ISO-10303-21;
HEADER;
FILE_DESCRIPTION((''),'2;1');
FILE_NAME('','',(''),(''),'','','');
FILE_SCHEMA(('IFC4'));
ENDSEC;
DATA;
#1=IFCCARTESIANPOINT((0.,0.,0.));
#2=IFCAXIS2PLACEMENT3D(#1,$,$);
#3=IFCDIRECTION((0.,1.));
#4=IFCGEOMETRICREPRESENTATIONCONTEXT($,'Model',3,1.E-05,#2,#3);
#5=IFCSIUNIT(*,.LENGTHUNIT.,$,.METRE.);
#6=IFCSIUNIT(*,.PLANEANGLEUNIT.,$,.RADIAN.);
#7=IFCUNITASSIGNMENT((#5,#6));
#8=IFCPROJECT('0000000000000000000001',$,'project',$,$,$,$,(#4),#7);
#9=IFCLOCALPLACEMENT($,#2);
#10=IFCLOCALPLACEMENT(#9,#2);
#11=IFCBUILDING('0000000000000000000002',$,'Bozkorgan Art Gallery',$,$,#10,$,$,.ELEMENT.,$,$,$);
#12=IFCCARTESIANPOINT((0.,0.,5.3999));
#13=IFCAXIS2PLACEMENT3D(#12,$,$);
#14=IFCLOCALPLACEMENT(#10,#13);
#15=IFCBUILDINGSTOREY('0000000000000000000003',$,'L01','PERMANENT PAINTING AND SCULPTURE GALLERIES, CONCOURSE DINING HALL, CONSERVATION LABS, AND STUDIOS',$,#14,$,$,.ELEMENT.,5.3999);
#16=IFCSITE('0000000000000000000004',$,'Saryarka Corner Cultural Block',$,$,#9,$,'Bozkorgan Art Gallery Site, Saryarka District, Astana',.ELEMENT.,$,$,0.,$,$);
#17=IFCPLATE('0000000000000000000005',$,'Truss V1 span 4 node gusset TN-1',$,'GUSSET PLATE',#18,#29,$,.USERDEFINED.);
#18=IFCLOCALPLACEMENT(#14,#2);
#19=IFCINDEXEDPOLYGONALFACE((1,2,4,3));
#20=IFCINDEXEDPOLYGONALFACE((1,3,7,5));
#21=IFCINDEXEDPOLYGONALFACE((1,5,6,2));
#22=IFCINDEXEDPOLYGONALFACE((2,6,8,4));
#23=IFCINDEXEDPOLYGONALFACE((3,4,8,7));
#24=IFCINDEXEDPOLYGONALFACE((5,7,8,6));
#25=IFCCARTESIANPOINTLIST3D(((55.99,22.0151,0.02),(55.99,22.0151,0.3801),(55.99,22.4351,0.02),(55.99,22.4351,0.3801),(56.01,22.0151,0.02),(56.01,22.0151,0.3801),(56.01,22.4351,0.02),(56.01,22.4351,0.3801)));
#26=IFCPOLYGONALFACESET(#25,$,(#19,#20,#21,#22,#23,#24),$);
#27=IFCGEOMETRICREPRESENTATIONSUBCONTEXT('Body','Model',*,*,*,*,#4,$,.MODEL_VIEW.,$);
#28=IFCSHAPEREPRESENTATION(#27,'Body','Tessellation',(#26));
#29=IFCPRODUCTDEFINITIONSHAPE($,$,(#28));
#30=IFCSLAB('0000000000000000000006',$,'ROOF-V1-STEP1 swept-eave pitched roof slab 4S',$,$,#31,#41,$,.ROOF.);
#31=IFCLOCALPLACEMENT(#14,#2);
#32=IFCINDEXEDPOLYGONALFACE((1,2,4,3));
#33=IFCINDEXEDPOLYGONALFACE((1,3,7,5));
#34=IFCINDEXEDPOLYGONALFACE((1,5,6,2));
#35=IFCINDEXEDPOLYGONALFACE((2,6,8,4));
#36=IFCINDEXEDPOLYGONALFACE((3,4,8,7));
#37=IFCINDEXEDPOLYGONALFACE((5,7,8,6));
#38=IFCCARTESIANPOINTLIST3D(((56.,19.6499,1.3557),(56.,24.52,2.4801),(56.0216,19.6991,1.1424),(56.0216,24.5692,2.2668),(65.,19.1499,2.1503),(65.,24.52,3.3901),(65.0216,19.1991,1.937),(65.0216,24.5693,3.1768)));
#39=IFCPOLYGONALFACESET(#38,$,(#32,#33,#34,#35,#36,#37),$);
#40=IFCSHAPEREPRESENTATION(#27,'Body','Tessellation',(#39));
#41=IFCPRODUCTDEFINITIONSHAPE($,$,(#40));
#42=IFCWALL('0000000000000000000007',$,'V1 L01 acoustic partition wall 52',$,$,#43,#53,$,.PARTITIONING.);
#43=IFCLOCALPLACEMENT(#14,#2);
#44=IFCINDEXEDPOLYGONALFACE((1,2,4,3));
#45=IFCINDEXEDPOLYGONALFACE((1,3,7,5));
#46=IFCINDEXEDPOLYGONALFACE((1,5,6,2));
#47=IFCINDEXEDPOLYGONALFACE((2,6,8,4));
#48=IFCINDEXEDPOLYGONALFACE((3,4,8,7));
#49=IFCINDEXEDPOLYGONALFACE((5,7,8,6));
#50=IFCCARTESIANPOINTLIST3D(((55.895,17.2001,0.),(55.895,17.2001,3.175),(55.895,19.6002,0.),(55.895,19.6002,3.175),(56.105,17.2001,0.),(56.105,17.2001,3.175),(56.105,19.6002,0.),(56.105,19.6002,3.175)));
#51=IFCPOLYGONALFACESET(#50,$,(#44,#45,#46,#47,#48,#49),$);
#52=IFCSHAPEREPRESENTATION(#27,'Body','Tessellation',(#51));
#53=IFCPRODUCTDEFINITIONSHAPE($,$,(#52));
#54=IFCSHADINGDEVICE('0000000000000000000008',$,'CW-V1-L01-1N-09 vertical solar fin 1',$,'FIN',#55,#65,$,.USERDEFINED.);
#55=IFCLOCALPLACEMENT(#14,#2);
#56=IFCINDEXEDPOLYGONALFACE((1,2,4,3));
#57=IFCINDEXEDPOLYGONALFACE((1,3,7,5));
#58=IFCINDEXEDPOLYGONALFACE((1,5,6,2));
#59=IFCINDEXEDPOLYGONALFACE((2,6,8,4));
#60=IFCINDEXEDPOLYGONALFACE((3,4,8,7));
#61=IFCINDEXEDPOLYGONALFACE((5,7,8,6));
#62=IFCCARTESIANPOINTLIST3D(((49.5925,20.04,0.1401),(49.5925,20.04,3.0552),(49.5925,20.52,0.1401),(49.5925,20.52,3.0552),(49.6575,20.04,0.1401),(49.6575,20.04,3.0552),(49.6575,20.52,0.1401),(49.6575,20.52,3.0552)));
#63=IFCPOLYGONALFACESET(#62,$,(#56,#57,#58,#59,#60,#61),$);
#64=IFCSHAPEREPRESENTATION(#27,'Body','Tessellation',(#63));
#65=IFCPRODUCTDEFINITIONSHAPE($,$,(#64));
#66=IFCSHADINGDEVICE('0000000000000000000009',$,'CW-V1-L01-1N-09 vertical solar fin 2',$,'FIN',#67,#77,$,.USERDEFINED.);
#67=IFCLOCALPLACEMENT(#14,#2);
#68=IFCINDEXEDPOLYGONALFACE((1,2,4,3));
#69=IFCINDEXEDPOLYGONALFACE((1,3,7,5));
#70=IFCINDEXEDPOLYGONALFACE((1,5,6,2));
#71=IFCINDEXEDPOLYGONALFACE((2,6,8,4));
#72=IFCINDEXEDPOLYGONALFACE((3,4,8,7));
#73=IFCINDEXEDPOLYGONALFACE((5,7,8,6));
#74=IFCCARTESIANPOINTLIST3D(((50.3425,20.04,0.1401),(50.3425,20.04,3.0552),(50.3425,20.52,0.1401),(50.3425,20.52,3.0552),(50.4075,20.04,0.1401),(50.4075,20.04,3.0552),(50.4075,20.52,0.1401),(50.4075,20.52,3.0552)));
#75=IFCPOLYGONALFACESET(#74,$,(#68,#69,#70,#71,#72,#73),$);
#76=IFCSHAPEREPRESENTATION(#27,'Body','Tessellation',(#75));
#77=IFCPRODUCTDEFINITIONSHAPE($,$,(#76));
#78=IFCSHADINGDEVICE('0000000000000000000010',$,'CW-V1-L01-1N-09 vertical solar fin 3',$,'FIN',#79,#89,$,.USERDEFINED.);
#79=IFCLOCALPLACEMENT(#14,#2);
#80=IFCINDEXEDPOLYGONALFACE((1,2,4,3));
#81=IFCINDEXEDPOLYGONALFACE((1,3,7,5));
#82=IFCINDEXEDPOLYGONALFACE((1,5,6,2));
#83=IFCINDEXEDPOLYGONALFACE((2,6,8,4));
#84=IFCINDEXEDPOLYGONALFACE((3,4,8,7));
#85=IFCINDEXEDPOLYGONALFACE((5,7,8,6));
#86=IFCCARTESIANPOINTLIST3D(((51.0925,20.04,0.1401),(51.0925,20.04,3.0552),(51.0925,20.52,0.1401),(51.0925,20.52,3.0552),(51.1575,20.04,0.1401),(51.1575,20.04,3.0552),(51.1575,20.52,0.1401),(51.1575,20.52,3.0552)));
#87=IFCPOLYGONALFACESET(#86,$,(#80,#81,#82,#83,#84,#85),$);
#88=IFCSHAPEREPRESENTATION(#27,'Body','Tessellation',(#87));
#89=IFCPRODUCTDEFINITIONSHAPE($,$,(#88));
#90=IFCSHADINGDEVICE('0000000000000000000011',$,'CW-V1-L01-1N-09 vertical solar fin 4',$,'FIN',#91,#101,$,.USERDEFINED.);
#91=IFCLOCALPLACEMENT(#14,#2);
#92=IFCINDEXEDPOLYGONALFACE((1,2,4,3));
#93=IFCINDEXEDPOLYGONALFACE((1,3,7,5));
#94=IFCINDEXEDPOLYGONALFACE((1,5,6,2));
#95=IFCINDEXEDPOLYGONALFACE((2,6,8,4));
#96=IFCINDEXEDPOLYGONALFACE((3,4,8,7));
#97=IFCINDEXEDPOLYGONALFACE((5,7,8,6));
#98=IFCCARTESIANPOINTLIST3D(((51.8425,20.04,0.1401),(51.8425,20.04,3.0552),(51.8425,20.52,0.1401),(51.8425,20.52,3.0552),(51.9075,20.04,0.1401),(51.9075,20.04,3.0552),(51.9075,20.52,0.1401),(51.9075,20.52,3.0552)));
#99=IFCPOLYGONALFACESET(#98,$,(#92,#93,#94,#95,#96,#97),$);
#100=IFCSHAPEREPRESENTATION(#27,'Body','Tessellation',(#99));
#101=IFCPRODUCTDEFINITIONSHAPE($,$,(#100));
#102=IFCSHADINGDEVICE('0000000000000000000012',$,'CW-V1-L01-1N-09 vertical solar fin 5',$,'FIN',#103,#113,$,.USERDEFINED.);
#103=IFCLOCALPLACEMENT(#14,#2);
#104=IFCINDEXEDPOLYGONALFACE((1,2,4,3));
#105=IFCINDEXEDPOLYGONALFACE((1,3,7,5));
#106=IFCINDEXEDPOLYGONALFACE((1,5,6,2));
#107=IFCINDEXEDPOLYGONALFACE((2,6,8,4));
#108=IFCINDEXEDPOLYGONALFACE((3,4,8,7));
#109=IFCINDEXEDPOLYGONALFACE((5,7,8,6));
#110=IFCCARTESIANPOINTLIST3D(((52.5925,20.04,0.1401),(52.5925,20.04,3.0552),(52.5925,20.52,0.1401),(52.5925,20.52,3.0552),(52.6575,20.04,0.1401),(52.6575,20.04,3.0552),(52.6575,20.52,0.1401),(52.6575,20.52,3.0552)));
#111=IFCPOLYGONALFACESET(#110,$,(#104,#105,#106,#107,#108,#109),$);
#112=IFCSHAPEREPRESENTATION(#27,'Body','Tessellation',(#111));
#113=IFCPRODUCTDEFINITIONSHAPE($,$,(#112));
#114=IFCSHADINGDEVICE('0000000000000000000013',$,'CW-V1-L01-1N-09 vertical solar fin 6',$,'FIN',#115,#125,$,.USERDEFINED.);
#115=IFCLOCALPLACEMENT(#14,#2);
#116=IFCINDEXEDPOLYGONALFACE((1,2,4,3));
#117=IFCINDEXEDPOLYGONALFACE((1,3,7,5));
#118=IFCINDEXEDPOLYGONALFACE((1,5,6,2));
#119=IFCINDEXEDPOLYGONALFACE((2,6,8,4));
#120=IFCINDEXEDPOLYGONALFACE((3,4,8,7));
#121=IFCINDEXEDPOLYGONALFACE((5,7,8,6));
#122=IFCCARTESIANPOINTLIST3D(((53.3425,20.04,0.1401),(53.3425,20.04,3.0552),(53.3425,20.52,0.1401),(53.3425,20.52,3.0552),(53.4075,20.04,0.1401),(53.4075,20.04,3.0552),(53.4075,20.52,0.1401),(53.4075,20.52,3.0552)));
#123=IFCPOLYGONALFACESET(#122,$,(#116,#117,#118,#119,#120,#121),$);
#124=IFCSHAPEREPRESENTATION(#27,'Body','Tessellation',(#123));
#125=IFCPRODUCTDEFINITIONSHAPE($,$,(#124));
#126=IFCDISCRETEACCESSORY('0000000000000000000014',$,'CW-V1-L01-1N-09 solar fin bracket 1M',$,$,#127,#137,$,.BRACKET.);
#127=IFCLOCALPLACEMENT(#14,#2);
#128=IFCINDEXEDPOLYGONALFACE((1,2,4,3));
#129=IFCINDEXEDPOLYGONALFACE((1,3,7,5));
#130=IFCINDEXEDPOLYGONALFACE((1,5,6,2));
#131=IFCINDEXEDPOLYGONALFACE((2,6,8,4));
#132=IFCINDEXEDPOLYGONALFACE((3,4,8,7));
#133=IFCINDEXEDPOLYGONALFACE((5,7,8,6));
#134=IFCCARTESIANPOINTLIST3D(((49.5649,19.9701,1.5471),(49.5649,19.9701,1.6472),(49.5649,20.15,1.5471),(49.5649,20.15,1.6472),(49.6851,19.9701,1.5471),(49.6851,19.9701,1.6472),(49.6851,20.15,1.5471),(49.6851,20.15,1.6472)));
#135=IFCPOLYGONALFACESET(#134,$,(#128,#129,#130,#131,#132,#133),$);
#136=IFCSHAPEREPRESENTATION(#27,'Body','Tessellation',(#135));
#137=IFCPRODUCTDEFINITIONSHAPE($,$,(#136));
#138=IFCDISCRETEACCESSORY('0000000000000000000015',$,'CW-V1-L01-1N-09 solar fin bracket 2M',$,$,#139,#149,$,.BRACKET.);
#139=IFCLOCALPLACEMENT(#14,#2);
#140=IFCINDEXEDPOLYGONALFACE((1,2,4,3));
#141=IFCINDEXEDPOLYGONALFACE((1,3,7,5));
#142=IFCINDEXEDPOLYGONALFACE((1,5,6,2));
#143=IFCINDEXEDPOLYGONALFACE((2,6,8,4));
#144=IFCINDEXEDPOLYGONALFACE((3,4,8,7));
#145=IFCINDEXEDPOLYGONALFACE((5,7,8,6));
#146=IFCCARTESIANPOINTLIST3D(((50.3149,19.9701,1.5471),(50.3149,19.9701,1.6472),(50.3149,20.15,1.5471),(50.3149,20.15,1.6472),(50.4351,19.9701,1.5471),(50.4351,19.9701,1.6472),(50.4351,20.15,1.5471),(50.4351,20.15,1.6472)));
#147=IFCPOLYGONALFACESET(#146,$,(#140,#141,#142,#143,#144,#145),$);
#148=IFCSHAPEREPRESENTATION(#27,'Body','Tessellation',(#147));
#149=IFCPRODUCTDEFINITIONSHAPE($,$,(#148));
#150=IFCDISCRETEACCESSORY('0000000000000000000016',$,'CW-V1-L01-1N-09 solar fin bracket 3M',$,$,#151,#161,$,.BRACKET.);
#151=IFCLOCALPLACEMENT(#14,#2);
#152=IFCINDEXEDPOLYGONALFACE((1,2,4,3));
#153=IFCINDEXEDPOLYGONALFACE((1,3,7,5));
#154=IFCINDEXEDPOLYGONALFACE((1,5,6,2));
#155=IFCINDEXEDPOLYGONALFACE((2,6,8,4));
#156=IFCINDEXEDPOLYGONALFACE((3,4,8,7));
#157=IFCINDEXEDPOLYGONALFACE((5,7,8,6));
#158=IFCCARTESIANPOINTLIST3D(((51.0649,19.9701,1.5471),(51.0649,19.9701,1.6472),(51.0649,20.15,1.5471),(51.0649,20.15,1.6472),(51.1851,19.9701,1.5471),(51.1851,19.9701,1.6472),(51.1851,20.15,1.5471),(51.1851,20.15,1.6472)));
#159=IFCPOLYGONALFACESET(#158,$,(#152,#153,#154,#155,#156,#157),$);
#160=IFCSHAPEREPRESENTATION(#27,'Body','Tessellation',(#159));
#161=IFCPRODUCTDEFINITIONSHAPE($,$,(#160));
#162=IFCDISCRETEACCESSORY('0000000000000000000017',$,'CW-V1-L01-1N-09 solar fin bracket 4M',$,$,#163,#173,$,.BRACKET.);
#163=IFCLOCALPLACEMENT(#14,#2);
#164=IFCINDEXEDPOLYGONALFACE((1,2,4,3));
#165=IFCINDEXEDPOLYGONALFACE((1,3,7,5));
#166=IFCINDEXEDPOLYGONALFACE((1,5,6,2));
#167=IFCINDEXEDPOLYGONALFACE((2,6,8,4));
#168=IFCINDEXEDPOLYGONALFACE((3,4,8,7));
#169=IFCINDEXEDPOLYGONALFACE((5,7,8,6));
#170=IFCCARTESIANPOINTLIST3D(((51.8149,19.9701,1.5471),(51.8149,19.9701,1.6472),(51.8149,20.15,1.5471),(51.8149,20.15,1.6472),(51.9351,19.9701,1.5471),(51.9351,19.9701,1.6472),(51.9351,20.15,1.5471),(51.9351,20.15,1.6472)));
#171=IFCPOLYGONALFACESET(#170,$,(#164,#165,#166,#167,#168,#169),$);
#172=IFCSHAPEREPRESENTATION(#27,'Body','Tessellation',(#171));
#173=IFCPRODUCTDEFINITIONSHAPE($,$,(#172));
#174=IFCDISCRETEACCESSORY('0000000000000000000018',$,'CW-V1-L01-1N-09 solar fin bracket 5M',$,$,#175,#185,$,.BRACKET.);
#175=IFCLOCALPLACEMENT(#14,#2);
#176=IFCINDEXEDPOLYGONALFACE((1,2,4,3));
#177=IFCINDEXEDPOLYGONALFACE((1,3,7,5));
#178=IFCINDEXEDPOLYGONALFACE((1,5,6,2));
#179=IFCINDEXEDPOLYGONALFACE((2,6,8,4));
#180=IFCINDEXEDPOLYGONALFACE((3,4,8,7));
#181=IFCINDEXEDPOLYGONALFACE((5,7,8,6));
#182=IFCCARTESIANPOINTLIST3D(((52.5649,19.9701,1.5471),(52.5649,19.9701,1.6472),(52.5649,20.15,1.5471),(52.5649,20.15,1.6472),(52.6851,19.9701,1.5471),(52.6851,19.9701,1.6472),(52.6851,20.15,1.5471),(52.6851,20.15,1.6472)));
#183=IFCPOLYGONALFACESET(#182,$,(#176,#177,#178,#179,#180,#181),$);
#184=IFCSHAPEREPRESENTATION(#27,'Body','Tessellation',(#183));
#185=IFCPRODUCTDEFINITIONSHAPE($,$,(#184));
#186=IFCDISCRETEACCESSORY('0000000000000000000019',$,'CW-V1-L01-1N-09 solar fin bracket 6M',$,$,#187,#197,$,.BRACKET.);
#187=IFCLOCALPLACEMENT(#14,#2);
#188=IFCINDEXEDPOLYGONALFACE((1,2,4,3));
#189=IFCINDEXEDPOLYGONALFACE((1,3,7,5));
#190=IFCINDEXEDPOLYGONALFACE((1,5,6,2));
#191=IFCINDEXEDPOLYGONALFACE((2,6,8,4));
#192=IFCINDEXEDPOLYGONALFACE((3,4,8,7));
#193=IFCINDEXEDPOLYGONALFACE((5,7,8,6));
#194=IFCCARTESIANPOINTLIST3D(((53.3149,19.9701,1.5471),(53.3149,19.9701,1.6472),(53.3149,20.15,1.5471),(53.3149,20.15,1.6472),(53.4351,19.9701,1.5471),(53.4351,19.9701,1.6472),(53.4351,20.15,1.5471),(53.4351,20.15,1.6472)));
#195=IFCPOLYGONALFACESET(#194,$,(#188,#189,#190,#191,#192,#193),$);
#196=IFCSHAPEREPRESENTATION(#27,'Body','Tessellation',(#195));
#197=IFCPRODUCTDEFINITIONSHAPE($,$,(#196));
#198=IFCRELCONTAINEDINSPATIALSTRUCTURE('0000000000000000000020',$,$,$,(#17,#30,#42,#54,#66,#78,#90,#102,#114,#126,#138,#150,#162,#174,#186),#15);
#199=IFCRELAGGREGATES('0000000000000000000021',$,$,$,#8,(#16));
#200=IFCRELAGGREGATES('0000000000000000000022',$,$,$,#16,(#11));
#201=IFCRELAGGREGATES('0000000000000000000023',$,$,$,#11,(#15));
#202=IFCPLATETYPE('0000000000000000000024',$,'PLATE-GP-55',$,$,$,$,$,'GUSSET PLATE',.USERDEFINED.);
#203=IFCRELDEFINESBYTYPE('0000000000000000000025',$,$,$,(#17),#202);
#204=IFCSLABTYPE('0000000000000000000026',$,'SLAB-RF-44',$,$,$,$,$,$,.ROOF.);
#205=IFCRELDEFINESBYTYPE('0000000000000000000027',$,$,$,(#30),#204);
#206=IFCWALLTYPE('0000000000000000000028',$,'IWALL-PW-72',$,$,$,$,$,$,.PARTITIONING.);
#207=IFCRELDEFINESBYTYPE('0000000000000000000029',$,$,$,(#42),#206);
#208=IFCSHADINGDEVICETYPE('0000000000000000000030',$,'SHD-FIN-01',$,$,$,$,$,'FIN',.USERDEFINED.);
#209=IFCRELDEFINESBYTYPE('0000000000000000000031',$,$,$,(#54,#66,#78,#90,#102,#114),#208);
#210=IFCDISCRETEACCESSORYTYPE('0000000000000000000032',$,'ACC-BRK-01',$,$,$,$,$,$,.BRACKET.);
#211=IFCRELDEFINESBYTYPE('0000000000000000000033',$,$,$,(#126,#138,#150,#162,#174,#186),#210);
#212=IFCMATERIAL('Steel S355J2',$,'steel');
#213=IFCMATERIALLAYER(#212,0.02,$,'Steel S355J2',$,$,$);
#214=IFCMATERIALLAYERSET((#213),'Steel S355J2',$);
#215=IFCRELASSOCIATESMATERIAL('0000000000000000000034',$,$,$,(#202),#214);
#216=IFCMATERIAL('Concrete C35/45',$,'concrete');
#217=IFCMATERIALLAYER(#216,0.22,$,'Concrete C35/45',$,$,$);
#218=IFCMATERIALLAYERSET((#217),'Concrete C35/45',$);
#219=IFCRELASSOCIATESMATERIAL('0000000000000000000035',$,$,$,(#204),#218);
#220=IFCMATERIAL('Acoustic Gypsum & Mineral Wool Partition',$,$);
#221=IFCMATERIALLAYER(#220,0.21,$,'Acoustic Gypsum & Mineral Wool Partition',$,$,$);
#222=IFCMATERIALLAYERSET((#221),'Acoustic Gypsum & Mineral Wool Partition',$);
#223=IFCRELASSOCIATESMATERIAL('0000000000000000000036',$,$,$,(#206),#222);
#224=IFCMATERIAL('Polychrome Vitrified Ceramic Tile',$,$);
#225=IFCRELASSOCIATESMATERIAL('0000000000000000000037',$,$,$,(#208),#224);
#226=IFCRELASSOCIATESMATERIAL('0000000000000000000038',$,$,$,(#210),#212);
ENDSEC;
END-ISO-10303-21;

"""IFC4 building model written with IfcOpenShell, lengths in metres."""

from ifc_helpers import new_model, si_unit, direction, frame, frame_2d, origin, origin_2d, place, context, subcontext, project, spatial, polyline, rectangle, outline, extrude, material, layer, layer_set, type_object, element, save


model = new_model("IFC4")

# Units and contexts
model_context = context("Model", 3, precision=1e-05, world=origin(), true_north=direction((0.0, 1.0)))
body_context = subcontext(model_context, "Body", "Model", "MODEL_VIEW")
ifc_project = project(units=[si_unit("LENGTHUNIT", "METRE"), si_unit("PLANEANGLEUNIT", "RADIAN")], contexts=[model_context])

# Site, building, storey
site_placement = place(None, origin())
site = spatial("IfcSite", under=ifc_project, at=site_placement, Name="Saryarka Corner Cultural Block", LongName="Bozkorgan Art Gallery Site, Saryarka District, Astana", CompositionType="ELEMENT", RefElevation=0.0)
building_placement = place(site_placement, origin())
building = spatial("IfcBuilding", under=site, at=building_placement, Name="Bozkorgan Art Gallery", CompositionType="ELEMENT")
storey_placement = place(building_placement, frame((0.0, 0.0, 5.3999)))
storey = spatial("IfcBuildingStorey", under=building, at=storey_placement, Name="L01", Description="PERMANENT PAINTING AND SCULPTURE GALLERIES, CONCOURSE DINING HALL, CONSERVATION LABS, AND STUDIOS", CompositionType="ELEMENT", Elevation=5.3999)

# Shared definitions
ifc_material_1 = material(Name="Concrete C35/45", Category="concrete")
ifc_material_2 = material(Name="Steel S355J2", Category="steel")

# Plate
ifc_layer_1 = layer(ifc_material_2, 0.02, Name="Steel S355J2")
ifc_layer_set_1 = layer_set([ifc_layer_1], Name="Steel S355J2")
plate_type_1 = type_object("IfcPlateType", Name="PLATE-GP-55", ElementType="GUSSET PLATE", PredefinedType="USERDEFINED", material=ifc_layer_set_1)
plate_1_placement = place(storey_placement, frame((56.0, 22.2251, 0.02), z_axis=(0.0, 0.0, 1.0), x_axis=(1.0, 0.0, 0.0)))
element("IfcPlate", 1, at=plate_1_placement, inside=storey, type_object=plate_type_1, Name="Truss V1 span 4 node gusset TN-1", ObjectType="GUSSET PLATE", PredefinedType="USERDEFINED", context=body_context, shape_type="SweptSolid", body=[
    extrude(rectangle(XDim=0.02, YDim=0.4199, at=origin_2d()), origin(), (0.0, 0.0, 1.0), 0.3601),
])

# Slab
ifc_layer_2 = layer(ifc_material_1, 0.22, Name="Concrete C35/45")
ifc_layer_set_2 = layer_set([ifc_layer_2], Name="Concrete C35/45")
slab_type = type_object("IfcSlabType", Name="SLAB-RF-44", PredefinedType="ROOF", material=ifc_layer_set_2)
slab_placement = place(storey_placement, frame((56.0, 19.6499, 1.3557), z_axis=(-0.098046, -0.223877, 0.969673), x_axis=(0.994603, -0.055259, 0.087809)))
element("IfcSlab", 2, at=slab_placement, inside=storey, type_object=slab_type, Name="ROOF-V1-STEP1 swept-eave pitched roof slab 4S", PredefinedType="ROOF", context=body_context, shape_type="SweptSolid", body=[
    extrude(outline(polyline([(0.0, 0.0), (9.0488, 0.0), (8.861, 5.5082), (-0.1704, 4.9953), (0.0, 0.0)])), origin(), (0.0, 0.0, -1.0), 0.22),
])

# Wall
ifc_material_3 = material(Name="Acoustic Gypsum & Mineral Wool Partition")
ifc_layer_3 = layer(ifc_material_3, 0.21, Name="Acoustic Gypsum & Mineral Wool Partition")
ifc_layer_set_3 = layer_set([ifc_layer_3], Name="Acoustic Gypsum & Mineral Wool Partition")
wall_type = type_object("IfcWallType", Name="IWALL-PW-72", PredefinedType="PARTITIONING", material=ifc_layer_set_3)
wall_placement = place(storey_placement, frame((56.0, 17.2, 0.0), z_axis=(0.0, 0.0, 1.0), x_axis=(0.0, 1.0, 0.0)))
element("IfcWall", 3, at=wall_placement, inside=storey, type_object=wall_type, Name="V1 L01 acoustic partition wall 52", PredefinedType="PARTITIONING", context=body_context, shape_type="SweptSolid", body=[
    extrude(rectangle(XDim=2.4001, YDim=0.21, at=frame_2d((1.2002, 0.0))), origin(), (0.0, 0.0, 1.0), 3.175),
])

# Shading devices
ifc_material_4 = material(Name="Polychrome Vitrified Ceramic Tile")
shading_device_type = type_object("IfcShadingDeviceType", Name="SHD-FIN-01", ElementType="FIN", PredefinedType="USERDEFINED", material=ifc_material_4)
for number, where, z_axis, x_axis, name in (
    (4, (49.625, 20.28, 0.1401), (0.0, 0.0, 1.0), (0.0, 1.0, 0.0), "CW-V1-L01-1N-09 vertical solar fin 1"),
    (5, (50.375, 20.28, 0.1401), (0.0, 0.0, 1.0), (0.0, 1.0, 0.0), "CW-V1-L01-1N-09 vertical solar fin 2"),
    (6, (51.125, 20.28, 0.1401), (0.0, 0.0, 1.0), (0.0, 1.0, 0.0), "CW-V1-L01-1N-09 vertical solar fin 3"),
    (7, (51.875, 20.28, 0.1401), (0.0, 0.0, 1.0), (0.0, 1.0, 0.0), "CW-V1-L01-1N-09 vertical solar fin 4"),
    (8, (52.625, 20.28, 0.1401), (0.0, 0.0, 1.0), (0.0, 1.0, 0.0), "CW-V1-L01-1N-09 vertical solar fin 5"),
    (9, (53.375, 20.28, 0.1401), (0.0, 0.0, 1.0), (0.0, 1.0, 0.0), "CW-V1-L01-1N-09 vertical solar fin 6"),
):
    element("IfcShadingDevice", number, at=place(storey_placement, frame(where, z_axis=z_axis, x_axis=x_axis)), inside=storey, type_object=shading_device_type, Name=name, ObjectType="FIN", PredefinedType="USERDEFINED", context=body_context, shape_type="SweptSolid", body=[
        extrude(rectangle(XDim=0.48, YDim=0.0649, at=origin_2d()), origin(), (0.0, 0.0, 1.0), 2.915),
    ])

# Discrete accessories
discrete_accessory_type = type_object("IfcDiscreteAccessoryType", Name="ACC-BRK-01", PredefinedType="BRACKET", material=ifc_material_2)
for number, where, z_axis, x_axis, name in (
    (10, (49.625, 20.0601, 1.5471), (0.0, 0.0, 1.0), (0.0, 1.0, 0.0), "CW-V1-L01-1N-09 solar fin bracket 1M"),
    (11, (50.375, 20.0601, 1.5471), (0.0, 0.0, 1.0), (0.0, 1.0, 0.0), "CW-V1-L01-1N-09 solar fin bracket 2M"),
    (12, (51.125, 20.0601, 1.5471), (0.0, 0.0, 1.0), (0.0, 1.0, 0.0), "CW-V1-L01-1N-09 solar fin bracket 3M"),
    (13, (51.875, 20.0601, 1.5471), (0.0, 0.0, 1.0), (0.0, 1.0, 0.0), "CW-V1-L01-1N-09 solar fin bracket 4M"),
    (14, (52.625, 20.0601, 1.5471), (0.0, 0.0, 1.0), (0.0, 1.0, 0.0), "CW-V1-L01-1N-09 solar fin bracket 5M"),
    (15, (53.375, 20.0601, 1.5471), (0.0, 0.0, 1.0), (0.0, 1.0, 0.0), "CW-V1-L01-1N-09 solar fin bracket 6M"),
):
    element("IfcDiscreteAccessory", number, at=place(storey_placement, frame(where, z_axis=z_axis, x_axis=x_axis)), inside=storey, type_object=discrete_accessory_type, Name=name, PredefinedType="BRACKET", context=body_context, shape_type="SweptSolid", body=[
        extrude(rectangle(XDim=0.1799, YDim=0.1201, at=origin_2d()), origin(), (0.0, 0.0, 1.0), 0.1001),
    ])

save(model, "model.ifc")
